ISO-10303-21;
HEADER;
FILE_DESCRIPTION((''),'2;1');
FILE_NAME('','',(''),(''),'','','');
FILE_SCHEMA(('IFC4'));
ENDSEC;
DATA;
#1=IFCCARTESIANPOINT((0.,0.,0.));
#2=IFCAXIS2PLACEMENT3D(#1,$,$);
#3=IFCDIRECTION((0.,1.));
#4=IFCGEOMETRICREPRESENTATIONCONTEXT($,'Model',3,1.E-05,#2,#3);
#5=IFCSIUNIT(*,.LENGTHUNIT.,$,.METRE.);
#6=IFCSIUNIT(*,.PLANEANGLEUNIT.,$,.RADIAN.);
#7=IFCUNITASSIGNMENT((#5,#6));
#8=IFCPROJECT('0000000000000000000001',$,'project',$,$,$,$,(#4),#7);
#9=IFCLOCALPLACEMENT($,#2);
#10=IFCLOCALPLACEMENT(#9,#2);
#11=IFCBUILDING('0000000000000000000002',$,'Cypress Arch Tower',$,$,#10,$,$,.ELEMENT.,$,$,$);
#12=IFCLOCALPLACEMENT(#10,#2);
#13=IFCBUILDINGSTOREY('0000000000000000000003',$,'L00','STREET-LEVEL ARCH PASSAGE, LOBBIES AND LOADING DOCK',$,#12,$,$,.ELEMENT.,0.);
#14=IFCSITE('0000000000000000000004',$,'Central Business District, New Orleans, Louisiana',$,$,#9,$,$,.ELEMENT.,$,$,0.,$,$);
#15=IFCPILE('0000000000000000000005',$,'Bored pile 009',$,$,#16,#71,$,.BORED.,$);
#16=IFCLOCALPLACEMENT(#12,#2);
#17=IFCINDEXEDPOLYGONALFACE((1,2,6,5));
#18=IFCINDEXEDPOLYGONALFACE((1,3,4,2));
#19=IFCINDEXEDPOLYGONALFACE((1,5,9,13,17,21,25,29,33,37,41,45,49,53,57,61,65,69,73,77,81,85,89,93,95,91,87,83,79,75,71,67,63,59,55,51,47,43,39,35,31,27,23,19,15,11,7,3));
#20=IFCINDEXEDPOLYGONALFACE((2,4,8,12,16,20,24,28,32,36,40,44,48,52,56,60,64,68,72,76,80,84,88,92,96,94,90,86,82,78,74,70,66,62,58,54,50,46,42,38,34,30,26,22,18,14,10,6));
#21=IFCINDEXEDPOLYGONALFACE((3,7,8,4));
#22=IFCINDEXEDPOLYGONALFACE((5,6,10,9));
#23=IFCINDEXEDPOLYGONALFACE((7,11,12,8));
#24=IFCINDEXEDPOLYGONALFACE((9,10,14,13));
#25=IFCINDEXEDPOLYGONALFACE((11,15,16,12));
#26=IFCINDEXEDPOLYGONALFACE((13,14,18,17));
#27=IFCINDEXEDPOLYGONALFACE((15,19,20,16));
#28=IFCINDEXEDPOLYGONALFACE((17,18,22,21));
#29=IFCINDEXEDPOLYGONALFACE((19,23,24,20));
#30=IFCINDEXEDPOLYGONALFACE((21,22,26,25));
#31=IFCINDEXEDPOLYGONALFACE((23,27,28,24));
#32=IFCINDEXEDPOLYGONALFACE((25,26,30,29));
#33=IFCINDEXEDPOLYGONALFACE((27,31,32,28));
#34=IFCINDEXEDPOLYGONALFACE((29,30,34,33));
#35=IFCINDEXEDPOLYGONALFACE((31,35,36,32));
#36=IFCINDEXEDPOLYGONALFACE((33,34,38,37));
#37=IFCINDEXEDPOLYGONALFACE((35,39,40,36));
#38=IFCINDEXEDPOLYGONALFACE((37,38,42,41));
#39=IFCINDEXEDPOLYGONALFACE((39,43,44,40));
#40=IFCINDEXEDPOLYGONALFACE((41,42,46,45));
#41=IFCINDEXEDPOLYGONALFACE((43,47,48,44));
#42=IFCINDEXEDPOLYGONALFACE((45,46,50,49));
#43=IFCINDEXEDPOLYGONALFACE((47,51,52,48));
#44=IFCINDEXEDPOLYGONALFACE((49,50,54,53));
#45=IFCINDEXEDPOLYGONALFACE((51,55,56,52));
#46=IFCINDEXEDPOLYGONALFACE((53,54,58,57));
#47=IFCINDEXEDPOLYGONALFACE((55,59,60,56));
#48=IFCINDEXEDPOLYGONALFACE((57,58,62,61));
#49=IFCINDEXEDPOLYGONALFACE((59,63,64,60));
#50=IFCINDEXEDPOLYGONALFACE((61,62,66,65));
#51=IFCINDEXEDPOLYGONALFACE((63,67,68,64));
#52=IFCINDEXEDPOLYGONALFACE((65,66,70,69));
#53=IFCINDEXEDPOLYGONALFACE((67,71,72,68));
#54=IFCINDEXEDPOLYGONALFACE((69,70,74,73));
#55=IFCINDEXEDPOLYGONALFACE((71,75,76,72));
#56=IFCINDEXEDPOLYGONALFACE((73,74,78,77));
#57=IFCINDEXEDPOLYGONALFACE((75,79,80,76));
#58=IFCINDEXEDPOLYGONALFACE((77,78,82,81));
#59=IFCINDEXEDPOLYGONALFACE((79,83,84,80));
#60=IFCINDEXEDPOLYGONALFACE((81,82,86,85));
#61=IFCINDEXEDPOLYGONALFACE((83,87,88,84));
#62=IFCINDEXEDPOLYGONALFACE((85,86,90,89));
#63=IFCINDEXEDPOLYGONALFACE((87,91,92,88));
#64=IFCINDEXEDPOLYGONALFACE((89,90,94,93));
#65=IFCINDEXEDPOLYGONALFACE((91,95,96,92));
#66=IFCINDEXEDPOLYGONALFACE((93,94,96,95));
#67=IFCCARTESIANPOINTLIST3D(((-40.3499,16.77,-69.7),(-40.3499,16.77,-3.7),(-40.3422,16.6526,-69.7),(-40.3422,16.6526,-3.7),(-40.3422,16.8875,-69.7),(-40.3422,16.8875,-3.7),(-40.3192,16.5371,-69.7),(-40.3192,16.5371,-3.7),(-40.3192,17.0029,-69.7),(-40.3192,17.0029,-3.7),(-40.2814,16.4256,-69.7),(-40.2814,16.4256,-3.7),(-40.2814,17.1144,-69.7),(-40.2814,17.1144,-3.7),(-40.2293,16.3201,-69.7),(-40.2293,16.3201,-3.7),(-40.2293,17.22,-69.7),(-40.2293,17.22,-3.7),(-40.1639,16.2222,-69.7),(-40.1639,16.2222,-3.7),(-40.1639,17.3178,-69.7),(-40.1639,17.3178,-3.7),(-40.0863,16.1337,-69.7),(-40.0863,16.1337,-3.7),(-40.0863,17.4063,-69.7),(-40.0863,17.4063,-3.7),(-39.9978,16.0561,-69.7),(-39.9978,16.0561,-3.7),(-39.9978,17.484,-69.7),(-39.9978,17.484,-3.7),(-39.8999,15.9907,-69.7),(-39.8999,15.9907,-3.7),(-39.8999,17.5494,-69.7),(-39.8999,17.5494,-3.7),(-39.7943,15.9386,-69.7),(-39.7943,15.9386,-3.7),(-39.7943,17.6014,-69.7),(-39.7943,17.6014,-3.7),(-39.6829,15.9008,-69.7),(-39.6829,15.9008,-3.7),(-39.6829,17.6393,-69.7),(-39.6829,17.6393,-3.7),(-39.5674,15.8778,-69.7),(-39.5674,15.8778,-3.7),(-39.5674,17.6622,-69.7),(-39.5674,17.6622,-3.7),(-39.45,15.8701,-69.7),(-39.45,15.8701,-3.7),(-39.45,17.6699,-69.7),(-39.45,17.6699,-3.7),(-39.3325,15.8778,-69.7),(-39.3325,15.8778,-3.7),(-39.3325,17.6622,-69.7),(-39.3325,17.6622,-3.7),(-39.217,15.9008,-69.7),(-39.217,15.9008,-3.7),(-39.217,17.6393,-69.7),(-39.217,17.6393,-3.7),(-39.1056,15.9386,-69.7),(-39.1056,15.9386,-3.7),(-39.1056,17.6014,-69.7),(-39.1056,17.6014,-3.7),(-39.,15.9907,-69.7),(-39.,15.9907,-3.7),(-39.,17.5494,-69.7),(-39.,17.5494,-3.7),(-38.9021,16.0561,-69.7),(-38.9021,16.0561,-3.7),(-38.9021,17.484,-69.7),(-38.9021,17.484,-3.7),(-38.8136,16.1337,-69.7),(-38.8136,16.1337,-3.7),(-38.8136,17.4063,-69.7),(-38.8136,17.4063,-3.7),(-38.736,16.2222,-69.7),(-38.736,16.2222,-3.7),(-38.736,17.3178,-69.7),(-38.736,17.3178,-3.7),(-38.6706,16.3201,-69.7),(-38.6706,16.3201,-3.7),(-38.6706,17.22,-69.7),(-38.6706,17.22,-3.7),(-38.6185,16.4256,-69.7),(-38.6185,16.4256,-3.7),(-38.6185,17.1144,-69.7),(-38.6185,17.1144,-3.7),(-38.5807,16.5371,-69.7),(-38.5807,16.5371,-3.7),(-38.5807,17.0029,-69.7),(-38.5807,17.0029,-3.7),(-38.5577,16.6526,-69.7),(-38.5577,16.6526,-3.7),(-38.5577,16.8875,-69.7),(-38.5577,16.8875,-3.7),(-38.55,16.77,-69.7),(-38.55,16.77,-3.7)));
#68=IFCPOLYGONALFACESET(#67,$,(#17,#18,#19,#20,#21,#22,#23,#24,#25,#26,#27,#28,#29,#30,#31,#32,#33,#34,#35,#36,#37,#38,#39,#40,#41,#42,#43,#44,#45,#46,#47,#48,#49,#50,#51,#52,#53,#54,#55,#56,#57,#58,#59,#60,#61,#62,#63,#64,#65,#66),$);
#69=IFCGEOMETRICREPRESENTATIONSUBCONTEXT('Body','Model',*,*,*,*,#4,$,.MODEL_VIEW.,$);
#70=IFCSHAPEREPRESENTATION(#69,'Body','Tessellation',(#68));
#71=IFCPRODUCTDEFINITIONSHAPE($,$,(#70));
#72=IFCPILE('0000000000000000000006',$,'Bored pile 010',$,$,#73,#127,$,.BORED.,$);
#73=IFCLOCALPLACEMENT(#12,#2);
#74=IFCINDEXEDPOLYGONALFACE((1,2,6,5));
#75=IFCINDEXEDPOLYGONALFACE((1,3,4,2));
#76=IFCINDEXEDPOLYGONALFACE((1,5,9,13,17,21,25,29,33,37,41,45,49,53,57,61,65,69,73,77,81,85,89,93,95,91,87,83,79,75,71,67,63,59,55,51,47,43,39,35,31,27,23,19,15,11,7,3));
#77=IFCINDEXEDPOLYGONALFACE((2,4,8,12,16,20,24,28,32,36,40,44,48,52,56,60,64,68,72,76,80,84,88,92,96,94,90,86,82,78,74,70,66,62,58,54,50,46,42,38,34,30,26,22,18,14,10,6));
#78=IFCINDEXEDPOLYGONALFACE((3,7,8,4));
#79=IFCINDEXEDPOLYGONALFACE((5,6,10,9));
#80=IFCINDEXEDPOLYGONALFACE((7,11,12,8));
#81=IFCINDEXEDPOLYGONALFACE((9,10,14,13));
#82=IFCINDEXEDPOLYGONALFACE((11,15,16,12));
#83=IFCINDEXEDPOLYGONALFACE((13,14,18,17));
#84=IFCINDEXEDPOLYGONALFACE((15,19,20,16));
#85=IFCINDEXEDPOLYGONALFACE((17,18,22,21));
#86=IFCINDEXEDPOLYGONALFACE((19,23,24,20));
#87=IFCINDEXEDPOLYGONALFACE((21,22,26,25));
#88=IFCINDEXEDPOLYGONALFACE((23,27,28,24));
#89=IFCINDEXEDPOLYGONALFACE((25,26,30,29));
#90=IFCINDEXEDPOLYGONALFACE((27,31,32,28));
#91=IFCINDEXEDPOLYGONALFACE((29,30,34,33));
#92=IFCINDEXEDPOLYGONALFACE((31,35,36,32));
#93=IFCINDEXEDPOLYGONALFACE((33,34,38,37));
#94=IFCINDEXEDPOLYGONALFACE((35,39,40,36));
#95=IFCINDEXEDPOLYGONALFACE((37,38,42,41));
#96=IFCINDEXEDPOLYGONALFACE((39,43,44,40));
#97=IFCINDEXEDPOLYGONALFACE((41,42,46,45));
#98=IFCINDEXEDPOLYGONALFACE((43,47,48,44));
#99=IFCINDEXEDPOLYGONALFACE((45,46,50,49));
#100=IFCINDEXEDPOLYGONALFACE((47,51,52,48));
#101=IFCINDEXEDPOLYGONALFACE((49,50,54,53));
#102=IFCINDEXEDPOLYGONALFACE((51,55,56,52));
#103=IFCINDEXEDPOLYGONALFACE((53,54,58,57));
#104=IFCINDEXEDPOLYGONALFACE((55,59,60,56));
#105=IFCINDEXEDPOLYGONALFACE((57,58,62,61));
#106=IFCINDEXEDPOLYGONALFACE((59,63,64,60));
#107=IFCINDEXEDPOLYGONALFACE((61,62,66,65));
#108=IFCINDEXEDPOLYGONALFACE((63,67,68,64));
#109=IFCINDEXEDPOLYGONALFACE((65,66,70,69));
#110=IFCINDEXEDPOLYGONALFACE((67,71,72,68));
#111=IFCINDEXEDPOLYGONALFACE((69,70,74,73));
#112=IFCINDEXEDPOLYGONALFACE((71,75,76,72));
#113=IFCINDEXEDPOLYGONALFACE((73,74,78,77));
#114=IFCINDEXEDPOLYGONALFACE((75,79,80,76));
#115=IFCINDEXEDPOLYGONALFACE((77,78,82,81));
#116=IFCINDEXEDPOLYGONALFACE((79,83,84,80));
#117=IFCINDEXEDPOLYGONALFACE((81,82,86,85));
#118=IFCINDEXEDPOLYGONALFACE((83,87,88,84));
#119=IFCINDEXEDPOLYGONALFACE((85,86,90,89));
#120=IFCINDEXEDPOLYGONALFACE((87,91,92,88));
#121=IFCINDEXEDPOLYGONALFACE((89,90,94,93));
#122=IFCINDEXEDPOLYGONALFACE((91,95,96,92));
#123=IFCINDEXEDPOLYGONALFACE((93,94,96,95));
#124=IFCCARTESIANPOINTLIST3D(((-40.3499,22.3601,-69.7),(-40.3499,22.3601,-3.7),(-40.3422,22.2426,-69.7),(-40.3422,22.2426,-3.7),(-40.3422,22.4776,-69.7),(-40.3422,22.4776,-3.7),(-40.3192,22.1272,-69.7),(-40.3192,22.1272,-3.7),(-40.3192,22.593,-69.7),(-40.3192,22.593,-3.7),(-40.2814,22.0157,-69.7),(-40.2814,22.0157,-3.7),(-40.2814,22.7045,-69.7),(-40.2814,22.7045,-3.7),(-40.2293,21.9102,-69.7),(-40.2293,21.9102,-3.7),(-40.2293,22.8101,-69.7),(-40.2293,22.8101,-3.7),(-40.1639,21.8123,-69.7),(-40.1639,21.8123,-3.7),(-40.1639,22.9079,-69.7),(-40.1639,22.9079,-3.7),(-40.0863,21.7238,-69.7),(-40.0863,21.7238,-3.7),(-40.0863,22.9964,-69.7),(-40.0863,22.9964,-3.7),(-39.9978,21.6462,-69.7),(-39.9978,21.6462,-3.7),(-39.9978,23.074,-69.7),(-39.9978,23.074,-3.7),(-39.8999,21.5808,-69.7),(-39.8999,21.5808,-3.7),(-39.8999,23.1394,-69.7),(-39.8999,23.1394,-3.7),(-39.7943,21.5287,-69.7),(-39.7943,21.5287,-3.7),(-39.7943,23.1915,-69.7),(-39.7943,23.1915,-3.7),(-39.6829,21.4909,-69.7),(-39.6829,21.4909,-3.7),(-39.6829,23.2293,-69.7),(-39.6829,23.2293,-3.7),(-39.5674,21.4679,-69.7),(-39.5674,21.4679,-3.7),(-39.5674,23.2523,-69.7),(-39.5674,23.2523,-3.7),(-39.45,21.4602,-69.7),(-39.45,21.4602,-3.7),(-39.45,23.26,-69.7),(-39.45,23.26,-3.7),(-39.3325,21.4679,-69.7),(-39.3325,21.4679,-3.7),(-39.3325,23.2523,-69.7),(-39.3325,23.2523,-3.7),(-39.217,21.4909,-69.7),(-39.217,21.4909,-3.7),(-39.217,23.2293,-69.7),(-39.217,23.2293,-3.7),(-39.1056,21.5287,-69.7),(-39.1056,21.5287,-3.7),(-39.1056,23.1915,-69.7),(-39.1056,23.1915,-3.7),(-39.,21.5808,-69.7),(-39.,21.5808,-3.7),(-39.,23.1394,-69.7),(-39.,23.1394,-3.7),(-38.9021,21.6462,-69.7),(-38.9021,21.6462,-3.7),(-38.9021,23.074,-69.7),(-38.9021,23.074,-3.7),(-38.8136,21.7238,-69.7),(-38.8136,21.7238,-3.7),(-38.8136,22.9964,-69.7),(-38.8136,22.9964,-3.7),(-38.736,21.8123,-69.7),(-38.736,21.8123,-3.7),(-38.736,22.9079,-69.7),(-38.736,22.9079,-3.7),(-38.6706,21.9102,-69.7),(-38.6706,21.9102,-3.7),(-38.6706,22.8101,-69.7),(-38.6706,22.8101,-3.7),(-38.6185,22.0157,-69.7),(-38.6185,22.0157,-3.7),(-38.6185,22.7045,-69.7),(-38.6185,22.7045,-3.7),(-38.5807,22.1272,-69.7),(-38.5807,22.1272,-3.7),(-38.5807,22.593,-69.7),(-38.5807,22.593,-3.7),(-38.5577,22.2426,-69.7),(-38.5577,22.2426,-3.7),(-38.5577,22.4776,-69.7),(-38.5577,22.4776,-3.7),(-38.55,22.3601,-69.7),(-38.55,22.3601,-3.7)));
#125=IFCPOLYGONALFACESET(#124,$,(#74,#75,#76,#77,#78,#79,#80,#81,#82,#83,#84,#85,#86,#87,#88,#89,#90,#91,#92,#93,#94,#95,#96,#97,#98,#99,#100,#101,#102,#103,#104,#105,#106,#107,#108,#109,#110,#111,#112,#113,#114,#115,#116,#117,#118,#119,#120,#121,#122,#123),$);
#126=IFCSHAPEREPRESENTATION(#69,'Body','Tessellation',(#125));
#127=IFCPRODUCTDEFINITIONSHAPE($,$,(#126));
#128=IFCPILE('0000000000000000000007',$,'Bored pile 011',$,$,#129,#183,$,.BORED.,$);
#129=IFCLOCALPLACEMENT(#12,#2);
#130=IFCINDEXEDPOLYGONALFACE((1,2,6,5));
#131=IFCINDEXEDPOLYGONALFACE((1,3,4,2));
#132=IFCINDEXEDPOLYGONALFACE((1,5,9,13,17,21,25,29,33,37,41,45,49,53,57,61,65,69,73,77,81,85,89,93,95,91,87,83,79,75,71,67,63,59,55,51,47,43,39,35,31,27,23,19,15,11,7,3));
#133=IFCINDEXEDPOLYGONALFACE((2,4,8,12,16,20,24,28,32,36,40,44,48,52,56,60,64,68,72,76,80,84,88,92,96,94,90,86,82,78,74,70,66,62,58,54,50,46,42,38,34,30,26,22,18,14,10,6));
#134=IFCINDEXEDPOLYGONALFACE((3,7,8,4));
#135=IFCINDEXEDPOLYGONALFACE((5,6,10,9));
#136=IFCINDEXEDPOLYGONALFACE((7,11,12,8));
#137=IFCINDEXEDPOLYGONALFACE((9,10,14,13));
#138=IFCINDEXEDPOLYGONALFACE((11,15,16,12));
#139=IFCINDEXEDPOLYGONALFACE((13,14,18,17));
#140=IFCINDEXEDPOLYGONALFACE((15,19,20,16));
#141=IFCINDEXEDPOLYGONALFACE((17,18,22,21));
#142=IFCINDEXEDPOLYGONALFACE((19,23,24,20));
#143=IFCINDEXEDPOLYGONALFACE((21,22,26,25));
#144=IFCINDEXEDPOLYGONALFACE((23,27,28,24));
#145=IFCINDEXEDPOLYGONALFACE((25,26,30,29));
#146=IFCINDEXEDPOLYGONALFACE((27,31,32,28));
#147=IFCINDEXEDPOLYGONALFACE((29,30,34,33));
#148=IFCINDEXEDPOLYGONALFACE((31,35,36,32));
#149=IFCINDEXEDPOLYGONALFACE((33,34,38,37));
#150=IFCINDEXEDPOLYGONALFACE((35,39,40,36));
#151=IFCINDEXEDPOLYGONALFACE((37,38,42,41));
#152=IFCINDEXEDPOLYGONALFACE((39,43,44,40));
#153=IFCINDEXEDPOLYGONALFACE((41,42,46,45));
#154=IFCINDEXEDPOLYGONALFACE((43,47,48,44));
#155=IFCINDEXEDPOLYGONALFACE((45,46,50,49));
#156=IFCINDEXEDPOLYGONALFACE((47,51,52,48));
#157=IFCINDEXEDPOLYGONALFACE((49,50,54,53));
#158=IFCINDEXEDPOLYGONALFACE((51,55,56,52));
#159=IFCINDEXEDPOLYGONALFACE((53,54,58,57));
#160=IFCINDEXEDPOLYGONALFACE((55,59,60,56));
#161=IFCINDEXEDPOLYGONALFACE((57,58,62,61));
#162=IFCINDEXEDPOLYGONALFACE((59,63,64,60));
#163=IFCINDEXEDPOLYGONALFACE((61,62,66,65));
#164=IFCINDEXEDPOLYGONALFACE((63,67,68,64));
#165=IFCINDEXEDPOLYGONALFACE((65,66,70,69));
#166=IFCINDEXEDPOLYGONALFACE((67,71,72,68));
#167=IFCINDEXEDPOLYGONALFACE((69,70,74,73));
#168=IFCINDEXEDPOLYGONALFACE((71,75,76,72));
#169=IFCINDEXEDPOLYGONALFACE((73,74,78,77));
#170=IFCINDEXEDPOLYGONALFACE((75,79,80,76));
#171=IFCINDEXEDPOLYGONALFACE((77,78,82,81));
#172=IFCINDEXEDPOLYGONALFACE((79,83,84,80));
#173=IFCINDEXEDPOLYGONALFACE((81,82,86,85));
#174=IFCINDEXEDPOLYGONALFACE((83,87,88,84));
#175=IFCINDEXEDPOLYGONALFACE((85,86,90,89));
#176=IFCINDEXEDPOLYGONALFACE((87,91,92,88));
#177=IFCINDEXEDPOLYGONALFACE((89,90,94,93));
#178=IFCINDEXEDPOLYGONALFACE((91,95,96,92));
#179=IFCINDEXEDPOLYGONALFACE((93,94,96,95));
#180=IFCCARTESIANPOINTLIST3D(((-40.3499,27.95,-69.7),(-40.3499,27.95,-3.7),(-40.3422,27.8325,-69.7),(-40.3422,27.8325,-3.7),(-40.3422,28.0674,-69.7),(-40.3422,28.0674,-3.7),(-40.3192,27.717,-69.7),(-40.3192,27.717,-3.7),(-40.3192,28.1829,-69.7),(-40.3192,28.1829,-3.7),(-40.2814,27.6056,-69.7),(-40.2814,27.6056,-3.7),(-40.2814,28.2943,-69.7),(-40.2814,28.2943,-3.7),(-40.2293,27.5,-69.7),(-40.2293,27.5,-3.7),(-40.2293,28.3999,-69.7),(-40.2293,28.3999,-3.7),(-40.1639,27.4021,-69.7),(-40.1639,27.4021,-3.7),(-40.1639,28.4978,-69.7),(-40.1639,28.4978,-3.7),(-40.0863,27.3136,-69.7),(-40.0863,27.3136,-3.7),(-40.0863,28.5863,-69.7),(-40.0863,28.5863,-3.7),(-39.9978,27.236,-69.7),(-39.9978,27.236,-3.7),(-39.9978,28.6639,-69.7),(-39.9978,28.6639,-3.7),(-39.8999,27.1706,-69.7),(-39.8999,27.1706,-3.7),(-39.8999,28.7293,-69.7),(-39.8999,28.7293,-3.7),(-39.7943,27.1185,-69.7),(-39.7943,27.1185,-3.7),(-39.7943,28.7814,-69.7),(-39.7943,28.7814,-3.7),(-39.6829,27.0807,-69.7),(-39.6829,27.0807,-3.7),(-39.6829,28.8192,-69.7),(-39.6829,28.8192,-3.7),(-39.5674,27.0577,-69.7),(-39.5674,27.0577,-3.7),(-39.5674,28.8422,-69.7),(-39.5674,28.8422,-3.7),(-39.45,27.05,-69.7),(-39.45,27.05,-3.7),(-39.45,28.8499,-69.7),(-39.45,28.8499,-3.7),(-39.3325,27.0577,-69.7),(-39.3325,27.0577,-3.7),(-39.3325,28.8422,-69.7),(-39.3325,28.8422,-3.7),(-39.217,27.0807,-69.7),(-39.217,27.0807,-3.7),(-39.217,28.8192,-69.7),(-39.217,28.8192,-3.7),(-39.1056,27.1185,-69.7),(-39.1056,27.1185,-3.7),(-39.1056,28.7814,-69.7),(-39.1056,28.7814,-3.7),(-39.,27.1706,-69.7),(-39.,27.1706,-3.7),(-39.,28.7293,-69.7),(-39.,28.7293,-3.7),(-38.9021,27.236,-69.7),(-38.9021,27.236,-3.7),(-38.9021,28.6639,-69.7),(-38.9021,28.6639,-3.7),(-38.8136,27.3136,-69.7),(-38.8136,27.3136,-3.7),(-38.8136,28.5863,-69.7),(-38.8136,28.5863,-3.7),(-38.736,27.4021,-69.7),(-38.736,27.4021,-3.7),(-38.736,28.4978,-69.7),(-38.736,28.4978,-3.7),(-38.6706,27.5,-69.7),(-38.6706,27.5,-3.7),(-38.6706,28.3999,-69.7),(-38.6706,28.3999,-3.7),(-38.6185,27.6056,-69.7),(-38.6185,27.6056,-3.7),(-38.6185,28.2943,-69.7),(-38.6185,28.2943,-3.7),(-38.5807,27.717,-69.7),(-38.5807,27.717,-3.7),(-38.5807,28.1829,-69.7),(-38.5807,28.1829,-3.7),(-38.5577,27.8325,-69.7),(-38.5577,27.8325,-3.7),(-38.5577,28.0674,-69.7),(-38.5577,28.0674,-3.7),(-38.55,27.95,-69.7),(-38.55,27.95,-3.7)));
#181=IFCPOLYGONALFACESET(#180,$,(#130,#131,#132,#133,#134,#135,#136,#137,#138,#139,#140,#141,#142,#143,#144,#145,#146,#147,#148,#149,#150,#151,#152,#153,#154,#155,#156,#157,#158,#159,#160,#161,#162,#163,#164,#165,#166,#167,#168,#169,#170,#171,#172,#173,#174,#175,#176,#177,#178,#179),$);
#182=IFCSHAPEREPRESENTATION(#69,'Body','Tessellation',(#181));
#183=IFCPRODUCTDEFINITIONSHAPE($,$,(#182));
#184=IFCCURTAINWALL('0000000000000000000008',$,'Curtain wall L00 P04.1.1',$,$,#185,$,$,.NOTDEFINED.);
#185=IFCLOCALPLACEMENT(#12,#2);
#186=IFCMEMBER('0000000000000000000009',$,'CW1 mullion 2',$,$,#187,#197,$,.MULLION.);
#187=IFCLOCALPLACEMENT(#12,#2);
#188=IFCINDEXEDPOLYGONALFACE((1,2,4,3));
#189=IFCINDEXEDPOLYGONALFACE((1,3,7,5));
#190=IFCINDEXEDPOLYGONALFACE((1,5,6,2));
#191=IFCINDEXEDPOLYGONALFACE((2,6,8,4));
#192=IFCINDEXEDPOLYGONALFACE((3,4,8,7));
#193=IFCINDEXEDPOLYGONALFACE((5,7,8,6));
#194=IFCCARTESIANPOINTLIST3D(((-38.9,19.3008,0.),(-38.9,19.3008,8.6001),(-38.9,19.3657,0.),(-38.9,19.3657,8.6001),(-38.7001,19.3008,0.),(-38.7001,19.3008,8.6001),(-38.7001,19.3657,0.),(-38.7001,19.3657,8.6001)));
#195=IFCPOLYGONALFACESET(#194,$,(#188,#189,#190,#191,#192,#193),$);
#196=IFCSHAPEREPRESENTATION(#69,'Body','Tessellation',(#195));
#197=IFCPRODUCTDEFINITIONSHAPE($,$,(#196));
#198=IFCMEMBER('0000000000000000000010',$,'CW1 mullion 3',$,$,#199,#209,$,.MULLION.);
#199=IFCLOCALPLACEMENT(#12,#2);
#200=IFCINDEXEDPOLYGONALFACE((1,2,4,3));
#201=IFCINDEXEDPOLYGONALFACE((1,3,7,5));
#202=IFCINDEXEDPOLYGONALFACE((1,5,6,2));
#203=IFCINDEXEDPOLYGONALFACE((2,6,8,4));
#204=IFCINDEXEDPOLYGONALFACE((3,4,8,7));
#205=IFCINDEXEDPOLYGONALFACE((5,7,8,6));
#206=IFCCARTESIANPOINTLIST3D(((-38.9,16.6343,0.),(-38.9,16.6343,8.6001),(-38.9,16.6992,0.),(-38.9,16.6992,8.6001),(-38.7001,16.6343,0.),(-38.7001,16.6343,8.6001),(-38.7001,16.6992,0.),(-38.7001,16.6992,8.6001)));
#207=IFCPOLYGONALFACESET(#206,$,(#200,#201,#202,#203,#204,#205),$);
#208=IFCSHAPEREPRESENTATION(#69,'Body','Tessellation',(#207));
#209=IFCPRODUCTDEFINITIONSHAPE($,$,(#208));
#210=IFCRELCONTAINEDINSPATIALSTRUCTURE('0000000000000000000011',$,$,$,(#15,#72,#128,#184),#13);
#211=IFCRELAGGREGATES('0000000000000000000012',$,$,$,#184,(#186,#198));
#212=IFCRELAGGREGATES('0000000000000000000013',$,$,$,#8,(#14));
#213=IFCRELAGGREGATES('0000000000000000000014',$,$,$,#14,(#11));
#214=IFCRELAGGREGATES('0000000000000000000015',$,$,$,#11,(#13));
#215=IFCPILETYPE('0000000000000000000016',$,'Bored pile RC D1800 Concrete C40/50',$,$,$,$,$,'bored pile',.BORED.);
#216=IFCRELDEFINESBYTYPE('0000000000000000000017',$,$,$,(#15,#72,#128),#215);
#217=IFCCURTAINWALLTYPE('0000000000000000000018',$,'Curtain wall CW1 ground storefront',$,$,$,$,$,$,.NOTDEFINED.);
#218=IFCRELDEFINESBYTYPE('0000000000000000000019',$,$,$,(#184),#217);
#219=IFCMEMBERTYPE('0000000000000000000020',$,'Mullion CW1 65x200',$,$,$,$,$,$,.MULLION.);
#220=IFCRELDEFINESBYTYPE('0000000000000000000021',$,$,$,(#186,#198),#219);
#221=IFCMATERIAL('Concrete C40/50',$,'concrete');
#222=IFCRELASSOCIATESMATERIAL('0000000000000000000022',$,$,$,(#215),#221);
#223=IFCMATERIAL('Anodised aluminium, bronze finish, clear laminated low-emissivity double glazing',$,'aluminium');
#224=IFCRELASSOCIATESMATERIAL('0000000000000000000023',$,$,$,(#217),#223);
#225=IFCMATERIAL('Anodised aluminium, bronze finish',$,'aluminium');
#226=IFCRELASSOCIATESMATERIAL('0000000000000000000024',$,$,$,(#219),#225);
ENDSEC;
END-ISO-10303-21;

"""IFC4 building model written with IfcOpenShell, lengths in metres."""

from ifc_helpers import new_model, si_unit, direction, frame, origin, origin_2d, place, context, subcontext, project, spatial, rectangle, circle, extrude, material, material_profile, profile_set, type_object, element, aggregate, save


model = new_model("IFC4")

# Units and contexts
model_context = context("Model", 3, precision=1e-05, world=origin(), true_north=direction((0.0, 1.0)))
body_context = subcontext(model_context, "Body", "Model", "MODEL_VIEW")
ifc_project = project(units=[si_unit("LENGTHUNIT", "METRE"), si_unit("PLANEANGLEUNIT", "RADIAN")], contexts=[model_context])

# Site, building, storey
site_placement = place(None, origin())
site = spatial("IfcSite", under=ifc_project, at=site_placement, Name="Central Business District, New Orleans, Louisiana", CompositionType="ELEMENT", RefElevation=0.0)
building_placement = place(site_placement, origin())
building = spatial("IfcBuilding", under=site, at=building_placement, Name="Cypress Arch Tower", CompositionType="ELEMENT")
storey_placement = place(building_placement, origin())
storey = spatial("IfcBuildingStorey", under=building, at=storey_placement, Name="L00", Description="STREET-LEVEL ARCH PASSAGE, LOBBIES AND LOADING DOCK", CompositionType="ELEMENT", Elevation=0.0)

# Piles
ifc_material_1 = material(Name="Concrete C40/50", Category="concrete")
ifc_material_profile_1 = material_profile(ifc_material_1, circle(Radius=0.8999, at=origin_2d()), Name="RC D1800")
ifc_profile_set_1 = profile_set([ifc_material_profile_1], Name="Concrete C40/50")
pile_type = type_object("IfcPileType", Name="Bored pile RC D1800 Concrete C40/50", ElementType="bored pile", PredefinedType="BORED", material=ifc_profile_set_1)
for number, where, z_axis, x_axis, name in (
    (1, (-39.45, 16.77, -3.7), (0.0, 0.0, -1.0), (1.0, 0.0, 0.0), "Bored pile 009"),
    (2, (-39.45, 22.3601, -3.7), (0.0, 0.0, -1.0), (1.0, 0.0, 0.0), "Bored pile 010"),
    (3, (-39.45, 27.95, -3.7), (0.0, 0.0, -1.0), (1.0, 0.0, 0.0), "Bored pile 011"),
):
    element("IfcPile", number, at=place(storey_placement, frame(where, z_axis=z_axis, x_axis=x_axis)), inside=storey, type_object=pile_type, Name=name, PredefinedType="BORED", context=body_context, shape_type="SweptSolid", body=[
        extrude(circle(Radius=0.8999, at=origin_2d()), origin(), (0.0, 0.0, 1.0), 66.0),
    ])

# Curtain wall, members
ifc_material_2 = material(Name="Anodised aluminium, bronze finish, clear laminated low-emissivity double glazing", Category="aluminium")
curtain_wall_type = type_object("IfcCurtainWallType", Name="Curtain wall CW1 ground storefront", PredefinedType="NOTDEFINED", material=ifc_material_2)
curtain_wall_placement = place(storey_placement, origin())
curtain_wall = element("IfcCurtainWall", 4, at=curtain_wall_placement, inside=storey, type_object=curtain_wall_type, Name="Curtain wall L00 P04.1.1", PredefinedType="NOTDEFINED")
ifc_material_3 = material(Name="Anodised aluminium, bronze finish", Category="aluminium")
ifc_material_profile_2 = material_profile(ifc_material_3, rectangle(XDim=0.2, YDim=0.0649, at=origin_2d()), Name="Mullion 65x200")
ifc_profile_set_2 = profile_set([ifc_material_profile_2], Name="Anodised aluminium, bronze finish")
member_type_1 = type_object("IfcMemberType", Name="Mullion CW1 65x200", PredefinedType="MULLION", material=ifc_profile_set_2)
member_1_placement = place(storey_placement, frame((-38.8, 19.3333, 0.0), z_axis=(0.0, 0.0, 1.0), x_axis=(1.0, 0.0, 0.0)))
member_1 = element("IfcMember", 5, at=member_1_placement, type_object=member_type_1, Name="CW1 mullion 2", PredefinedType="MULLION", context=body_context, shape_type="SweptSolid", body=[
    extrude(rectangle(XDim=0.2, YDim=0.0649, at=origin_2d()), origin(), (0.0, 0.0, 1.0), 8.6001),
])
member_2_placement = place(storey_placement, frame((-38.8, 16.6667, 0.0), z_axis=(0.0, 0.0, 1.0), x_axis=(1.0, 0.0, 0.0)))
member_2 = element("IfcMember", 6, at=member_2_placement, type_object=member_type_1, Name="CW1 mullion 3", PredefinedType="MULLION", context=body_context, shape_type="SweptSolid", body=[
    extrude(rectangle(XDim=0.2, YDim=0.0649, at=origin_2d()), origin(), (0.0, 0.0, 1.0), 8.6001),
])
aggregate(curtain_wall, [member_1, member_2])

save(model, "model.ifc")
